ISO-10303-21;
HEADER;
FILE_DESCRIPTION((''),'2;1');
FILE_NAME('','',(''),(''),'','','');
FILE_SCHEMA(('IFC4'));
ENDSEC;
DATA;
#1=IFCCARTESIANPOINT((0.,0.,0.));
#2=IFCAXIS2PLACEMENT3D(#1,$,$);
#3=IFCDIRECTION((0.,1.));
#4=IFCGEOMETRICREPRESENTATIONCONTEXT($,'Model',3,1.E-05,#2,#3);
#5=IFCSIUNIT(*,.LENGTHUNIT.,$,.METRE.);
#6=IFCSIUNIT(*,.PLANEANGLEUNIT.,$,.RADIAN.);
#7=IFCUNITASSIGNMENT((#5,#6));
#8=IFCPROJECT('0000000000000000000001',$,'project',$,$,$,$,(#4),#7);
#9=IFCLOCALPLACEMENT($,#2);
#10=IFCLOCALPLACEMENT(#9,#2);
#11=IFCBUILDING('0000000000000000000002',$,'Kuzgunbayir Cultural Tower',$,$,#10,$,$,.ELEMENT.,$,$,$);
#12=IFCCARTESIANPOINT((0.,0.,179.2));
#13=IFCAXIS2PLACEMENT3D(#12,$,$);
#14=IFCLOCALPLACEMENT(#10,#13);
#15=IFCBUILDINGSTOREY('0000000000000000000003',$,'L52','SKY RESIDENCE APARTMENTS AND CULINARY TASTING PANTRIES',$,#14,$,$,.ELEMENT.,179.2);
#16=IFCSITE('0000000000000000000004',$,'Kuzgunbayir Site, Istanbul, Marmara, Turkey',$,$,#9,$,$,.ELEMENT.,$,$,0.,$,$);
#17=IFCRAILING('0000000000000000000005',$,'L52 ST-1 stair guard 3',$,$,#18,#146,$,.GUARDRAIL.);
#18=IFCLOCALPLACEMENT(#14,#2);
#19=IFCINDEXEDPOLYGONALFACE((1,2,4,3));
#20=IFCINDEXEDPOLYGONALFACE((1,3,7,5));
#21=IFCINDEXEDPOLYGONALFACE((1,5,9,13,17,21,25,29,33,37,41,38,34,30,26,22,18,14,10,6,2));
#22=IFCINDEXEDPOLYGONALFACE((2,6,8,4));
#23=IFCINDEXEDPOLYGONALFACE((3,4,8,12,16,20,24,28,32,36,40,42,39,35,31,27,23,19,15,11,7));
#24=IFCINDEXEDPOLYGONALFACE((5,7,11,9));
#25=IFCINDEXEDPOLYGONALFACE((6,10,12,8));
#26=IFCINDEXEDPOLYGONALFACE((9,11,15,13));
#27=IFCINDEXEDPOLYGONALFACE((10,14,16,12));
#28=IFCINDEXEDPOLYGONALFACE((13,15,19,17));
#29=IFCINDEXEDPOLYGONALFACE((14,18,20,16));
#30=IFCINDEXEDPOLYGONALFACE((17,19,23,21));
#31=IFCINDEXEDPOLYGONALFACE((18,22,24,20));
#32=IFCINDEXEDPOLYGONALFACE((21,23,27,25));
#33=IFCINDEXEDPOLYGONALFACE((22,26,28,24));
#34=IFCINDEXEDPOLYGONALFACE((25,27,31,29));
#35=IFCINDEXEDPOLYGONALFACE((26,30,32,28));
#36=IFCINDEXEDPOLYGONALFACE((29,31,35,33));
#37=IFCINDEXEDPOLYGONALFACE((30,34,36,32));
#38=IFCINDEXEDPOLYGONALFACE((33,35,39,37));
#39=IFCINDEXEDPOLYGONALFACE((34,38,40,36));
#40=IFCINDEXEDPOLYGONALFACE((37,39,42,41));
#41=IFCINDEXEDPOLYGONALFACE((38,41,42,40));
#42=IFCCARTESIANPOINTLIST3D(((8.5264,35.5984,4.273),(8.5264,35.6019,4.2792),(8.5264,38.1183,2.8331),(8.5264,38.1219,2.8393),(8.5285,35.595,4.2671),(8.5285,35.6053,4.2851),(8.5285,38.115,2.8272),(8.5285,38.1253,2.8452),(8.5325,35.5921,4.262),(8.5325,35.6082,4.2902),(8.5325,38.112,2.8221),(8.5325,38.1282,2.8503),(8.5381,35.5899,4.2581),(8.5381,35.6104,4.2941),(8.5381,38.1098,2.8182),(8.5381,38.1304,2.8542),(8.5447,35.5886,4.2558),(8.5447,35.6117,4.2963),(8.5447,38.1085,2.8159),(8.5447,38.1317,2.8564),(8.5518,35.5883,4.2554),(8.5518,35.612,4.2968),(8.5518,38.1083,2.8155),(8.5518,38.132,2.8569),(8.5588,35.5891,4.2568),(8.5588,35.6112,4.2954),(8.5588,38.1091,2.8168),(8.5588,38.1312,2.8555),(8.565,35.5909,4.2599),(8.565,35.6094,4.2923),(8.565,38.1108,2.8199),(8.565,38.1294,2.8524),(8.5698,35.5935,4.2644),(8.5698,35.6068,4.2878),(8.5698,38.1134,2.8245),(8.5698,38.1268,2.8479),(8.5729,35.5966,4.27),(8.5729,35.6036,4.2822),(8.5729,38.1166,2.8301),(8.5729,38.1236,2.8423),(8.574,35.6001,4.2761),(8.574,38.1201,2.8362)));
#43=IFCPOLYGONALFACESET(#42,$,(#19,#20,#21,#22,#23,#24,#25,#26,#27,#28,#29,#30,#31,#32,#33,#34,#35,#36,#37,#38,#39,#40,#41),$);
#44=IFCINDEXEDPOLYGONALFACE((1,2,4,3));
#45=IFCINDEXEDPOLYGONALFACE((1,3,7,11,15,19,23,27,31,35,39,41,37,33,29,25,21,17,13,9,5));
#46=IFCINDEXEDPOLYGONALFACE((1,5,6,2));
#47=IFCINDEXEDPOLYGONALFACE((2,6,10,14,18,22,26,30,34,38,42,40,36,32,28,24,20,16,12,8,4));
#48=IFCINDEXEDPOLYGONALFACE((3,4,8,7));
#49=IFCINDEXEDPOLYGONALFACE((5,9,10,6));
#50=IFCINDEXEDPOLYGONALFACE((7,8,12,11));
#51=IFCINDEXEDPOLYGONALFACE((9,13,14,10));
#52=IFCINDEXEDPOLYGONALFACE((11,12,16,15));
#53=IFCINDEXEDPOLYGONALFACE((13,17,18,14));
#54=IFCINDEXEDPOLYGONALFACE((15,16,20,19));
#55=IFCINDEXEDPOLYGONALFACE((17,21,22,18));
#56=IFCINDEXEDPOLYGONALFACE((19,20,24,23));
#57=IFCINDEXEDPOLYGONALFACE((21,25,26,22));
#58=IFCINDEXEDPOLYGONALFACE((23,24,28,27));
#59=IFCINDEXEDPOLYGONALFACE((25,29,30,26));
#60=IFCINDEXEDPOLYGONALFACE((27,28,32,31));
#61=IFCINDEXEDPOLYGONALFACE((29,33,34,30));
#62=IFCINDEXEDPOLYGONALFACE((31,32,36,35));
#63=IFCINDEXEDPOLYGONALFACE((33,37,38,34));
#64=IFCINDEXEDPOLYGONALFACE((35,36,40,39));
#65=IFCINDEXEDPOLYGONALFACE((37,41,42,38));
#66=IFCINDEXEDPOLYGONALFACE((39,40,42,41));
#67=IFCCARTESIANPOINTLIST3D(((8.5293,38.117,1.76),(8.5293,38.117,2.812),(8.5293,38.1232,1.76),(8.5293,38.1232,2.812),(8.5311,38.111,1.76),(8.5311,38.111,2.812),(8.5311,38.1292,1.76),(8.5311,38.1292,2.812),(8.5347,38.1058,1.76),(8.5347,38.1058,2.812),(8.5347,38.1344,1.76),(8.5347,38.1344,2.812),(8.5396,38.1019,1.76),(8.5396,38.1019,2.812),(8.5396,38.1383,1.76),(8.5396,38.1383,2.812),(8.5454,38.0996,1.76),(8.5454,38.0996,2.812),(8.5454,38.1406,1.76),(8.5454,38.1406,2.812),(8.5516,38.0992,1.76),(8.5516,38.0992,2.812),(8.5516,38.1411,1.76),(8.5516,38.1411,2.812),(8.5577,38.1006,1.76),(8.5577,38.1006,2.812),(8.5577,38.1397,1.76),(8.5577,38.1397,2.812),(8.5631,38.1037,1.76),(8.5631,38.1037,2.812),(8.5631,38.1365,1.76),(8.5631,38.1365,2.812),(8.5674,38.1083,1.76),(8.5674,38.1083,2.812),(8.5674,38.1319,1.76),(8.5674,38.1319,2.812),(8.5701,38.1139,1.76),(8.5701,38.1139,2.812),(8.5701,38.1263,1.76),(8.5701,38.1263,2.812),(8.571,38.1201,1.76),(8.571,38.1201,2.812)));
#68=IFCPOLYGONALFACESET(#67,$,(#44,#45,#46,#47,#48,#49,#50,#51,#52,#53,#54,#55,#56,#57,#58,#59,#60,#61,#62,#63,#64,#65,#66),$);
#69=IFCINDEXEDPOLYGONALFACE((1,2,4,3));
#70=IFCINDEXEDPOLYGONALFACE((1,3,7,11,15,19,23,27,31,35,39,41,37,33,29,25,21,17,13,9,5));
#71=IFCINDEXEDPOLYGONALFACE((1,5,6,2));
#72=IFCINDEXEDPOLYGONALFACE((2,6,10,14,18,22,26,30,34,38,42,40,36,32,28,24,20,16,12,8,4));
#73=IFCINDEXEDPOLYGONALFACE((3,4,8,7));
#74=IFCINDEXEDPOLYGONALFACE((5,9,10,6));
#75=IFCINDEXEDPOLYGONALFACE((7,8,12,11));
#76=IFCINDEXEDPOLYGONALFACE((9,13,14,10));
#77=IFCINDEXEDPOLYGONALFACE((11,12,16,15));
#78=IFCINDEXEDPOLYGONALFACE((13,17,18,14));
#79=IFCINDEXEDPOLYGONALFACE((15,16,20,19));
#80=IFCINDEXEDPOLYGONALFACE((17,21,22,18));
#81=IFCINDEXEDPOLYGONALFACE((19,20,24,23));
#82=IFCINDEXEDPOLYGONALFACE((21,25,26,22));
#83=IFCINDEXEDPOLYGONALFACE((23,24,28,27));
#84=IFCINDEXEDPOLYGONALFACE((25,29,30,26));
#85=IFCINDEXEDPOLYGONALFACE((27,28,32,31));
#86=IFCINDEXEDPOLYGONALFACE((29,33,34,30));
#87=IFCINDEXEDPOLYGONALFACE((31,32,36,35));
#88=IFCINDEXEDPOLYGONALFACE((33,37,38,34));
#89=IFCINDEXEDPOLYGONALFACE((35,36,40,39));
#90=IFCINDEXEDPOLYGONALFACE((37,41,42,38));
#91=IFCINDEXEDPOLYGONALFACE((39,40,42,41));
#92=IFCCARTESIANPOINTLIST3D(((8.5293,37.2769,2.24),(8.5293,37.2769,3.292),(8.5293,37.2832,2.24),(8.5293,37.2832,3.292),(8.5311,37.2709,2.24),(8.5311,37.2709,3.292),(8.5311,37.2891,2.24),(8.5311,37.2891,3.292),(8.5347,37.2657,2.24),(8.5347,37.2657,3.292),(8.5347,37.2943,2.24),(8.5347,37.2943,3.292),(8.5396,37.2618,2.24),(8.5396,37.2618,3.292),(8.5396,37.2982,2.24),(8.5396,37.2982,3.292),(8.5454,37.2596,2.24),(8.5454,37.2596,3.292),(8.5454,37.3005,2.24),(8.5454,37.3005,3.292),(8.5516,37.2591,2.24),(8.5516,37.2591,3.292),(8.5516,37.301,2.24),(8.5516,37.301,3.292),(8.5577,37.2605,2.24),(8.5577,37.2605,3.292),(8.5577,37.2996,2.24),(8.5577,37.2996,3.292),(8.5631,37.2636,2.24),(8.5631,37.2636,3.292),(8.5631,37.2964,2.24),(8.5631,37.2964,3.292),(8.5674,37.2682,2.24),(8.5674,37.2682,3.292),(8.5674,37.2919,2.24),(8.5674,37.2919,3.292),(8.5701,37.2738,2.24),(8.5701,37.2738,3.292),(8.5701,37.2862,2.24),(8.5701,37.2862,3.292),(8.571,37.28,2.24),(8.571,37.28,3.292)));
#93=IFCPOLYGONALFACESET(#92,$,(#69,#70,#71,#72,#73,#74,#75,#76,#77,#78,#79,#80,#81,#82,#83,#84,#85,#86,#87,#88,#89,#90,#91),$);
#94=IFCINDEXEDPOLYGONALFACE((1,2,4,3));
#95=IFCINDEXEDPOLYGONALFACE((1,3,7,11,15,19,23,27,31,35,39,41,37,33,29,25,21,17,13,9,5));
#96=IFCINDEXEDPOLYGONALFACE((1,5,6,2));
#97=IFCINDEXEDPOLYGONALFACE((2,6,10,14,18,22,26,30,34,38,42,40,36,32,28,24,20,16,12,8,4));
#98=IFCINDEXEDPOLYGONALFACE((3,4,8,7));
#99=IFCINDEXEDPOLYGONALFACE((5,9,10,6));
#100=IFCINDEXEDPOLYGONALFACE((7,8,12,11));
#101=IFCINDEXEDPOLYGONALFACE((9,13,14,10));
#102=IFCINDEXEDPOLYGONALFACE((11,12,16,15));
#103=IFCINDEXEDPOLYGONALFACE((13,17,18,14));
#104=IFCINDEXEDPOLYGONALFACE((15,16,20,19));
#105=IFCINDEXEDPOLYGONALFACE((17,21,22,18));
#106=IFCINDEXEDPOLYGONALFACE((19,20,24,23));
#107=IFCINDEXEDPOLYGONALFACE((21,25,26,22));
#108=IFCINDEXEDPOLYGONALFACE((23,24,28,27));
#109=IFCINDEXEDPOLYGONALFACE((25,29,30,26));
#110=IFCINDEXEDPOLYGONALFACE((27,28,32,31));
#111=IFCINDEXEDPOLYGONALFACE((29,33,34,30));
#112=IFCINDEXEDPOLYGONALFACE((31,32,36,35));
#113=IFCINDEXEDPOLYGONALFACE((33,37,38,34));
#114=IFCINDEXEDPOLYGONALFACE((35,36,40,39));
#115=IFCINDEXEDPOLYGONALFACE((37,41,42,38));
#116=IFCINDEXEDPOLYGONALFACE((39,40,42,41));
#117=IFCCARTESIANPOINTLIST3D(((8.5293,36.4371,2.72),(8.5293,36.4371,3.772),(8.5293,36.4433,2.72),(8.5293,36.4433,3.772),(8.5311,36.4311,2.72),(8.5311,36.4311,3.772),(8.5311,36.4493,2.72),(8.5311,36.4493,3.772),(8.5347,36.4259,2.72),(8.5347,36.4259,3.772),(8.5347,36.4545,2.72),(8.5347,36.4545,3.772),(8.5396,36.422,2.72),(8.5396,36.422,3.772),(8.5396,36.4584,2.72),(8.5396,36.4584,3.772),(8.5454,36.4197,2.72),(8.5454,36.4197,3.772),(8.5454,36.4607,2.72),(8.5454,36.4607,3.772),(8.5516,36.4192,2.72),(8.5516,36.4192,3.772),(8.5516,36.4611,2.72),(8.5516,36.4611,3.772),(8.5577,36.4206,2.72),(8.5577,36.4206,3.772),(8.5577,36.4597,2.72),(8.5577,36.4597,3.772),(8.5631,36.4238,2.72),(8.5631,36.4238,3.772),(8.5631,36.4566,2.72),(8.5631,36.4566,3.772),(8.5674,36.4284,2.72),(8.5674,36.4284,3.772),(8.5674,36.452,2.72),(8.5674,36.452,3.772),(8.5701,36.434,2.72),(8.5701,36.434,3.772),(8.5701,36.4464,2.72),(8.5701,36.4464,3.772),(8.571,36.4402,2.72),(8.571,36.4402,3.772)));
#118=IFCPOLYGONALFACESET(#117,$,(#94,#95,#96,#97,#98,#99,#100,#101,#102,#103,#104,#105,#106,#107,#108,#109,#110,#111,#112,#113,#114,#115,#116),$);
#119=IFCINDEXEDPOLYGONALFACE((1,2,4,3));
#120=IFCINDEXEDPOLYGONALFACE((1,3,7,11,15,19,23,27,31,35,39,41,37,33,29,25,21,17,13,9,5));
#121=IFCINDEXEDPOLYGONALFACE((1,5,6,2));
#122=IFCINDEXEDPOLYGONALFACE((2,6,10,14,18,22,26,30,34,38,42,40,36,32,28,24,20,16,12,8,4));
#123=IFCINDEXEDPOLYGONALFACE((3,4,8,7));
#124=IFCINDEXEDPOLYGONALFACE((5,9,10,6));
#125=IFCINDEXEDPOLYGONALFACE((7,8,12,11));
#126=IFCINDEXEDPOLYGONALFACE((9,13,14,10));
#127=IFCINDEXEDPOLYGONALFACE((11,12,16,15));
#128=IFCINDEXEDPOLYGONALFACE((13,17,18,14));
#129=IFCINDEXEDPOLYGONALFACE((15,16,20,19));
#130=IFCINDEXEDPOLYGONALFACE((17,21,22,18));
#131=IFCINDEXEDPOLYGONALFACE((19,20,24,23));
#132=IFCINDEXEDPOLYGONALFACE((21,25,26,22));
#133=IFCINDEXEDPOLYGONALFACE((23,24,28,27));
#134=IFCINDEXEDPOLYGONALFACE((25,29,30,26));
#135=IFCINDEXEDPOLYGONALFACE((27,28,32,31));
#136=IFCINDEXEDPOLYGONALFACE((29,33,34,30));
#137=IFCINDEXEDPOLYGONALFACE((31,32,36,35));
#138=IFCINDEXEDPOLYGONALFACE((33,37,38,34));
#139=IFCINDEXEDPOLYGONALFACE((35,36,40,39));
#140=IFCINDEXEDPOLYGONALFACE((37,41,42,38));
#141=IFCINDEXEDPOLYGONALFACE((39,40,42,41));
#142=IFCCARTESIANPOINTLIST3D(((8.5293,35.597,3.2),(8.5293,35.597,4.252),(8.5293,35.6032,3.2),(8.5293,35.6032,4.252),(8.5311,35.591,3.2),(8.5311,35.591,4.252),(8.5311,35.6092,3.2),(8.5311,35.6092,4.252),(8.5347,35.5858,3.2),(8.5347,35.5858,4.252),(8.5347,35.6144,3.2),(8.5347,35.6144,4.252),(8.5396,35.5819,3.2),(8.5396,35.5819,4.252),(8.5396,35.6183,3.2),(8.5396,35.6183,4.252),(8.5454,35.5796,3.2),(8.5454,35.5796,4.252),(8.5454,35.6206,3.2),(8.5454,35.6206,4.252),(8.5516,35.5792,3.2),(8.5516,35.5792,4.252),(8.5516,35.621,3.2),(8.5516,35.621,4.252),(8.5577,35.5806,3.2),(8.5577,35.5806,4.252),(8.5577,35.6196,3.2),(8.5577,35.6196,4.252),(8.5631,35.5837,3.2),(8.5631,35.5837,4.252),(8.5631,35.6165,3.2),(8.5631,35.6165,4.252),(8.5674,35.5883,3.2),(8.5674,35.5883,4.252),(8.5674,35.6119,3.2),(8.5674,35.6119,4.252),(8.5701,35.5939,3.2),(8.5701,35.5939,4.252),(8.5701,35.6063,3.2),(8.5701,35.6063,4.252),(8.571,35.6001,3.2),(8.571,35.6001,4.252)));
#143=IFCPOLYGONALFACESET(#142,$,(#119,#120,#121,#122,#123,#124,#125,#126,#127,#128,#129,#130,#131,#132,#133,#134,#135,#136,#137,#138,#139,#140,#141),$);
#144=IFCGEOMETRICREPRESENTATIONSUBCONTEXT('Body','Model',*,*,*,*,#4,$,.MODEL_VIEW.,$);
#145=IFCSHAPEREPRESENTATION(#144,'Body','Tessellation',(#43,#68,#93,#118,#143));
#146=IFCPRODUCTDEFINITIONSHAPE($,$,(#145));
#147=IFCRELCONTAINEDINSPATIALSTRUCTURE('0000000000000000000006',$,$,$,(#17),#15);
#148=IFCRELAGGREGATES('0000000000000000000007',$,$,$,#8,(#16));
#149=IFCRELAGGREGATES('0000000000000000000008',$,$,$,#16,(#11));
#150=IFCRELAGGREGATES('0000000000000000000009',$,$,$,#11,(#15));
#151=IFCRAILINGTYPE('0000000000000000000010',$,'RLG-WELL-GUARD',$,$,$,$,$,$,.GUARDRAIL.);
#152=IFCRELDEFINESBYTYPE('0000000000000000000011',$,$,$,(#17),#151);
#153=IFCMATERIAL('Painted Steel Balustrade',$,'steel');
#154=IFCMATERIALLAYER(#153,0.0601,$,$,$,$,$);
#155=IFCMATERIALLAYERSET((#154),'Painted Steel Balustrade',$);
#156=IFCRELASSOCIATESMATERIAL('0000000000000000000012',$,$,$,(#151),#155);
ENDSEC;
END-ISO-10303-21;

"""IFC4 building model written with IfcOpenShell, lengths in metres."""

from ifc_helpers import new_model, si_unit, direction, frame, origin, origin_2d, place, context, subcontext, project, spatial, circle, extrude, material, layer, layer_set, type_object, element, save


model = new_model("IFC4")

# Units and contexts
model_context = context("Model", 3, precision=1e-05, world=origin(), true_north=direction((0.0, 1.0)))
body_context = subcontext(model_context, "Body", "Model", "MODEL_VIEW")
ifc_project = project(units=[si_unit("LENGTHUNIT", "METRE"), si_unit("PLANEANGLEUNIT", "RADIAN")], contexts=[model_context])

# Site, building, storey
site_placement = place(None, origin())
site = spatial("IfcSite", under=ifc_project, at=site_placement, Name="Kuzgunbayir Site, Istanbul, Marmara, Turkey", CompositionType="ELEMENT", RefElevation=0.0)
building_placement = place(site_placement, origin())
building = spatial("IfcBuilding", under=site, at=building_placement, Name="Kuzgunbayir Cultural Tower", CompositionType="ELEMENT")
storey_placement = place(building_placement, frame((0.0, 0.0, 179.2)))
storey = spatial("IfcBuildingStorey", under=building, at=storey_placement, Name="L52", Description="SKY RESIDENCE APARTMENTS AND CULINARY TASTING PANTRIES", CompositionType="ELEMENT", Elevation=179.2)

# Railing
ifc_material_1 = material(Name="Painted Steel Balustrade", Category="steel")
ifc_layer_1 = layer(ifc_material_1, 0.0601)
ifc_layer_set_1 = layer_set([ifc_layer_1], Name="Painted Steel Balustrade")
railing_type_1 = type_object("IfcRailingType", Name="RLG-WELL-GUARD", PredefinedType="GUARDRAIL", material=ifc_layer_set_1)
railing_1_placement = place(storey_placement, frame((8.55, 38.1201, 1.76)))
element("IfcRailing", 1, at=railing_1_placement, inside=storey, type_object=railing_type_1, Name="L52 ST-1 stair guard 3", PredefinedType="GUARDRAIL", context=body_context, shape_type="SweptSolid", body=[
    extrude(circle(Radius=0.0239, at=origin_2d()), frame((0.0, 0.0, 1.0762), z_axis=(0.0, -0.868253, 0.496121), x_axis=(1.0, 0.0, 0.0)), (0.0, 0.0, 1.0), 2.9023),
    extrude(circle(Radius=0.021, at=origin_2d()), origin(), (0.0, 0.0, 1.0), 1.052),
    extrude(circle(Radius=0.021, at=origin_2d()), frame((0.0, -0.8401, 0.48)), (0.0, 0.0, 1.0), 1.052),
    extrude(circle(Radius=0.021, at=origin_2d()), frame((0.0, -1.6799, 0.96)), (0.0, 0.0, 1.0), 1.052),
    extrude(circle(Radius=0.021, at=origin_2d()), frame((0.0, -2.52, 1.4399)), (0.0, 0.0, 1.0), 1.052),
])

save(model, "model.ifc")
